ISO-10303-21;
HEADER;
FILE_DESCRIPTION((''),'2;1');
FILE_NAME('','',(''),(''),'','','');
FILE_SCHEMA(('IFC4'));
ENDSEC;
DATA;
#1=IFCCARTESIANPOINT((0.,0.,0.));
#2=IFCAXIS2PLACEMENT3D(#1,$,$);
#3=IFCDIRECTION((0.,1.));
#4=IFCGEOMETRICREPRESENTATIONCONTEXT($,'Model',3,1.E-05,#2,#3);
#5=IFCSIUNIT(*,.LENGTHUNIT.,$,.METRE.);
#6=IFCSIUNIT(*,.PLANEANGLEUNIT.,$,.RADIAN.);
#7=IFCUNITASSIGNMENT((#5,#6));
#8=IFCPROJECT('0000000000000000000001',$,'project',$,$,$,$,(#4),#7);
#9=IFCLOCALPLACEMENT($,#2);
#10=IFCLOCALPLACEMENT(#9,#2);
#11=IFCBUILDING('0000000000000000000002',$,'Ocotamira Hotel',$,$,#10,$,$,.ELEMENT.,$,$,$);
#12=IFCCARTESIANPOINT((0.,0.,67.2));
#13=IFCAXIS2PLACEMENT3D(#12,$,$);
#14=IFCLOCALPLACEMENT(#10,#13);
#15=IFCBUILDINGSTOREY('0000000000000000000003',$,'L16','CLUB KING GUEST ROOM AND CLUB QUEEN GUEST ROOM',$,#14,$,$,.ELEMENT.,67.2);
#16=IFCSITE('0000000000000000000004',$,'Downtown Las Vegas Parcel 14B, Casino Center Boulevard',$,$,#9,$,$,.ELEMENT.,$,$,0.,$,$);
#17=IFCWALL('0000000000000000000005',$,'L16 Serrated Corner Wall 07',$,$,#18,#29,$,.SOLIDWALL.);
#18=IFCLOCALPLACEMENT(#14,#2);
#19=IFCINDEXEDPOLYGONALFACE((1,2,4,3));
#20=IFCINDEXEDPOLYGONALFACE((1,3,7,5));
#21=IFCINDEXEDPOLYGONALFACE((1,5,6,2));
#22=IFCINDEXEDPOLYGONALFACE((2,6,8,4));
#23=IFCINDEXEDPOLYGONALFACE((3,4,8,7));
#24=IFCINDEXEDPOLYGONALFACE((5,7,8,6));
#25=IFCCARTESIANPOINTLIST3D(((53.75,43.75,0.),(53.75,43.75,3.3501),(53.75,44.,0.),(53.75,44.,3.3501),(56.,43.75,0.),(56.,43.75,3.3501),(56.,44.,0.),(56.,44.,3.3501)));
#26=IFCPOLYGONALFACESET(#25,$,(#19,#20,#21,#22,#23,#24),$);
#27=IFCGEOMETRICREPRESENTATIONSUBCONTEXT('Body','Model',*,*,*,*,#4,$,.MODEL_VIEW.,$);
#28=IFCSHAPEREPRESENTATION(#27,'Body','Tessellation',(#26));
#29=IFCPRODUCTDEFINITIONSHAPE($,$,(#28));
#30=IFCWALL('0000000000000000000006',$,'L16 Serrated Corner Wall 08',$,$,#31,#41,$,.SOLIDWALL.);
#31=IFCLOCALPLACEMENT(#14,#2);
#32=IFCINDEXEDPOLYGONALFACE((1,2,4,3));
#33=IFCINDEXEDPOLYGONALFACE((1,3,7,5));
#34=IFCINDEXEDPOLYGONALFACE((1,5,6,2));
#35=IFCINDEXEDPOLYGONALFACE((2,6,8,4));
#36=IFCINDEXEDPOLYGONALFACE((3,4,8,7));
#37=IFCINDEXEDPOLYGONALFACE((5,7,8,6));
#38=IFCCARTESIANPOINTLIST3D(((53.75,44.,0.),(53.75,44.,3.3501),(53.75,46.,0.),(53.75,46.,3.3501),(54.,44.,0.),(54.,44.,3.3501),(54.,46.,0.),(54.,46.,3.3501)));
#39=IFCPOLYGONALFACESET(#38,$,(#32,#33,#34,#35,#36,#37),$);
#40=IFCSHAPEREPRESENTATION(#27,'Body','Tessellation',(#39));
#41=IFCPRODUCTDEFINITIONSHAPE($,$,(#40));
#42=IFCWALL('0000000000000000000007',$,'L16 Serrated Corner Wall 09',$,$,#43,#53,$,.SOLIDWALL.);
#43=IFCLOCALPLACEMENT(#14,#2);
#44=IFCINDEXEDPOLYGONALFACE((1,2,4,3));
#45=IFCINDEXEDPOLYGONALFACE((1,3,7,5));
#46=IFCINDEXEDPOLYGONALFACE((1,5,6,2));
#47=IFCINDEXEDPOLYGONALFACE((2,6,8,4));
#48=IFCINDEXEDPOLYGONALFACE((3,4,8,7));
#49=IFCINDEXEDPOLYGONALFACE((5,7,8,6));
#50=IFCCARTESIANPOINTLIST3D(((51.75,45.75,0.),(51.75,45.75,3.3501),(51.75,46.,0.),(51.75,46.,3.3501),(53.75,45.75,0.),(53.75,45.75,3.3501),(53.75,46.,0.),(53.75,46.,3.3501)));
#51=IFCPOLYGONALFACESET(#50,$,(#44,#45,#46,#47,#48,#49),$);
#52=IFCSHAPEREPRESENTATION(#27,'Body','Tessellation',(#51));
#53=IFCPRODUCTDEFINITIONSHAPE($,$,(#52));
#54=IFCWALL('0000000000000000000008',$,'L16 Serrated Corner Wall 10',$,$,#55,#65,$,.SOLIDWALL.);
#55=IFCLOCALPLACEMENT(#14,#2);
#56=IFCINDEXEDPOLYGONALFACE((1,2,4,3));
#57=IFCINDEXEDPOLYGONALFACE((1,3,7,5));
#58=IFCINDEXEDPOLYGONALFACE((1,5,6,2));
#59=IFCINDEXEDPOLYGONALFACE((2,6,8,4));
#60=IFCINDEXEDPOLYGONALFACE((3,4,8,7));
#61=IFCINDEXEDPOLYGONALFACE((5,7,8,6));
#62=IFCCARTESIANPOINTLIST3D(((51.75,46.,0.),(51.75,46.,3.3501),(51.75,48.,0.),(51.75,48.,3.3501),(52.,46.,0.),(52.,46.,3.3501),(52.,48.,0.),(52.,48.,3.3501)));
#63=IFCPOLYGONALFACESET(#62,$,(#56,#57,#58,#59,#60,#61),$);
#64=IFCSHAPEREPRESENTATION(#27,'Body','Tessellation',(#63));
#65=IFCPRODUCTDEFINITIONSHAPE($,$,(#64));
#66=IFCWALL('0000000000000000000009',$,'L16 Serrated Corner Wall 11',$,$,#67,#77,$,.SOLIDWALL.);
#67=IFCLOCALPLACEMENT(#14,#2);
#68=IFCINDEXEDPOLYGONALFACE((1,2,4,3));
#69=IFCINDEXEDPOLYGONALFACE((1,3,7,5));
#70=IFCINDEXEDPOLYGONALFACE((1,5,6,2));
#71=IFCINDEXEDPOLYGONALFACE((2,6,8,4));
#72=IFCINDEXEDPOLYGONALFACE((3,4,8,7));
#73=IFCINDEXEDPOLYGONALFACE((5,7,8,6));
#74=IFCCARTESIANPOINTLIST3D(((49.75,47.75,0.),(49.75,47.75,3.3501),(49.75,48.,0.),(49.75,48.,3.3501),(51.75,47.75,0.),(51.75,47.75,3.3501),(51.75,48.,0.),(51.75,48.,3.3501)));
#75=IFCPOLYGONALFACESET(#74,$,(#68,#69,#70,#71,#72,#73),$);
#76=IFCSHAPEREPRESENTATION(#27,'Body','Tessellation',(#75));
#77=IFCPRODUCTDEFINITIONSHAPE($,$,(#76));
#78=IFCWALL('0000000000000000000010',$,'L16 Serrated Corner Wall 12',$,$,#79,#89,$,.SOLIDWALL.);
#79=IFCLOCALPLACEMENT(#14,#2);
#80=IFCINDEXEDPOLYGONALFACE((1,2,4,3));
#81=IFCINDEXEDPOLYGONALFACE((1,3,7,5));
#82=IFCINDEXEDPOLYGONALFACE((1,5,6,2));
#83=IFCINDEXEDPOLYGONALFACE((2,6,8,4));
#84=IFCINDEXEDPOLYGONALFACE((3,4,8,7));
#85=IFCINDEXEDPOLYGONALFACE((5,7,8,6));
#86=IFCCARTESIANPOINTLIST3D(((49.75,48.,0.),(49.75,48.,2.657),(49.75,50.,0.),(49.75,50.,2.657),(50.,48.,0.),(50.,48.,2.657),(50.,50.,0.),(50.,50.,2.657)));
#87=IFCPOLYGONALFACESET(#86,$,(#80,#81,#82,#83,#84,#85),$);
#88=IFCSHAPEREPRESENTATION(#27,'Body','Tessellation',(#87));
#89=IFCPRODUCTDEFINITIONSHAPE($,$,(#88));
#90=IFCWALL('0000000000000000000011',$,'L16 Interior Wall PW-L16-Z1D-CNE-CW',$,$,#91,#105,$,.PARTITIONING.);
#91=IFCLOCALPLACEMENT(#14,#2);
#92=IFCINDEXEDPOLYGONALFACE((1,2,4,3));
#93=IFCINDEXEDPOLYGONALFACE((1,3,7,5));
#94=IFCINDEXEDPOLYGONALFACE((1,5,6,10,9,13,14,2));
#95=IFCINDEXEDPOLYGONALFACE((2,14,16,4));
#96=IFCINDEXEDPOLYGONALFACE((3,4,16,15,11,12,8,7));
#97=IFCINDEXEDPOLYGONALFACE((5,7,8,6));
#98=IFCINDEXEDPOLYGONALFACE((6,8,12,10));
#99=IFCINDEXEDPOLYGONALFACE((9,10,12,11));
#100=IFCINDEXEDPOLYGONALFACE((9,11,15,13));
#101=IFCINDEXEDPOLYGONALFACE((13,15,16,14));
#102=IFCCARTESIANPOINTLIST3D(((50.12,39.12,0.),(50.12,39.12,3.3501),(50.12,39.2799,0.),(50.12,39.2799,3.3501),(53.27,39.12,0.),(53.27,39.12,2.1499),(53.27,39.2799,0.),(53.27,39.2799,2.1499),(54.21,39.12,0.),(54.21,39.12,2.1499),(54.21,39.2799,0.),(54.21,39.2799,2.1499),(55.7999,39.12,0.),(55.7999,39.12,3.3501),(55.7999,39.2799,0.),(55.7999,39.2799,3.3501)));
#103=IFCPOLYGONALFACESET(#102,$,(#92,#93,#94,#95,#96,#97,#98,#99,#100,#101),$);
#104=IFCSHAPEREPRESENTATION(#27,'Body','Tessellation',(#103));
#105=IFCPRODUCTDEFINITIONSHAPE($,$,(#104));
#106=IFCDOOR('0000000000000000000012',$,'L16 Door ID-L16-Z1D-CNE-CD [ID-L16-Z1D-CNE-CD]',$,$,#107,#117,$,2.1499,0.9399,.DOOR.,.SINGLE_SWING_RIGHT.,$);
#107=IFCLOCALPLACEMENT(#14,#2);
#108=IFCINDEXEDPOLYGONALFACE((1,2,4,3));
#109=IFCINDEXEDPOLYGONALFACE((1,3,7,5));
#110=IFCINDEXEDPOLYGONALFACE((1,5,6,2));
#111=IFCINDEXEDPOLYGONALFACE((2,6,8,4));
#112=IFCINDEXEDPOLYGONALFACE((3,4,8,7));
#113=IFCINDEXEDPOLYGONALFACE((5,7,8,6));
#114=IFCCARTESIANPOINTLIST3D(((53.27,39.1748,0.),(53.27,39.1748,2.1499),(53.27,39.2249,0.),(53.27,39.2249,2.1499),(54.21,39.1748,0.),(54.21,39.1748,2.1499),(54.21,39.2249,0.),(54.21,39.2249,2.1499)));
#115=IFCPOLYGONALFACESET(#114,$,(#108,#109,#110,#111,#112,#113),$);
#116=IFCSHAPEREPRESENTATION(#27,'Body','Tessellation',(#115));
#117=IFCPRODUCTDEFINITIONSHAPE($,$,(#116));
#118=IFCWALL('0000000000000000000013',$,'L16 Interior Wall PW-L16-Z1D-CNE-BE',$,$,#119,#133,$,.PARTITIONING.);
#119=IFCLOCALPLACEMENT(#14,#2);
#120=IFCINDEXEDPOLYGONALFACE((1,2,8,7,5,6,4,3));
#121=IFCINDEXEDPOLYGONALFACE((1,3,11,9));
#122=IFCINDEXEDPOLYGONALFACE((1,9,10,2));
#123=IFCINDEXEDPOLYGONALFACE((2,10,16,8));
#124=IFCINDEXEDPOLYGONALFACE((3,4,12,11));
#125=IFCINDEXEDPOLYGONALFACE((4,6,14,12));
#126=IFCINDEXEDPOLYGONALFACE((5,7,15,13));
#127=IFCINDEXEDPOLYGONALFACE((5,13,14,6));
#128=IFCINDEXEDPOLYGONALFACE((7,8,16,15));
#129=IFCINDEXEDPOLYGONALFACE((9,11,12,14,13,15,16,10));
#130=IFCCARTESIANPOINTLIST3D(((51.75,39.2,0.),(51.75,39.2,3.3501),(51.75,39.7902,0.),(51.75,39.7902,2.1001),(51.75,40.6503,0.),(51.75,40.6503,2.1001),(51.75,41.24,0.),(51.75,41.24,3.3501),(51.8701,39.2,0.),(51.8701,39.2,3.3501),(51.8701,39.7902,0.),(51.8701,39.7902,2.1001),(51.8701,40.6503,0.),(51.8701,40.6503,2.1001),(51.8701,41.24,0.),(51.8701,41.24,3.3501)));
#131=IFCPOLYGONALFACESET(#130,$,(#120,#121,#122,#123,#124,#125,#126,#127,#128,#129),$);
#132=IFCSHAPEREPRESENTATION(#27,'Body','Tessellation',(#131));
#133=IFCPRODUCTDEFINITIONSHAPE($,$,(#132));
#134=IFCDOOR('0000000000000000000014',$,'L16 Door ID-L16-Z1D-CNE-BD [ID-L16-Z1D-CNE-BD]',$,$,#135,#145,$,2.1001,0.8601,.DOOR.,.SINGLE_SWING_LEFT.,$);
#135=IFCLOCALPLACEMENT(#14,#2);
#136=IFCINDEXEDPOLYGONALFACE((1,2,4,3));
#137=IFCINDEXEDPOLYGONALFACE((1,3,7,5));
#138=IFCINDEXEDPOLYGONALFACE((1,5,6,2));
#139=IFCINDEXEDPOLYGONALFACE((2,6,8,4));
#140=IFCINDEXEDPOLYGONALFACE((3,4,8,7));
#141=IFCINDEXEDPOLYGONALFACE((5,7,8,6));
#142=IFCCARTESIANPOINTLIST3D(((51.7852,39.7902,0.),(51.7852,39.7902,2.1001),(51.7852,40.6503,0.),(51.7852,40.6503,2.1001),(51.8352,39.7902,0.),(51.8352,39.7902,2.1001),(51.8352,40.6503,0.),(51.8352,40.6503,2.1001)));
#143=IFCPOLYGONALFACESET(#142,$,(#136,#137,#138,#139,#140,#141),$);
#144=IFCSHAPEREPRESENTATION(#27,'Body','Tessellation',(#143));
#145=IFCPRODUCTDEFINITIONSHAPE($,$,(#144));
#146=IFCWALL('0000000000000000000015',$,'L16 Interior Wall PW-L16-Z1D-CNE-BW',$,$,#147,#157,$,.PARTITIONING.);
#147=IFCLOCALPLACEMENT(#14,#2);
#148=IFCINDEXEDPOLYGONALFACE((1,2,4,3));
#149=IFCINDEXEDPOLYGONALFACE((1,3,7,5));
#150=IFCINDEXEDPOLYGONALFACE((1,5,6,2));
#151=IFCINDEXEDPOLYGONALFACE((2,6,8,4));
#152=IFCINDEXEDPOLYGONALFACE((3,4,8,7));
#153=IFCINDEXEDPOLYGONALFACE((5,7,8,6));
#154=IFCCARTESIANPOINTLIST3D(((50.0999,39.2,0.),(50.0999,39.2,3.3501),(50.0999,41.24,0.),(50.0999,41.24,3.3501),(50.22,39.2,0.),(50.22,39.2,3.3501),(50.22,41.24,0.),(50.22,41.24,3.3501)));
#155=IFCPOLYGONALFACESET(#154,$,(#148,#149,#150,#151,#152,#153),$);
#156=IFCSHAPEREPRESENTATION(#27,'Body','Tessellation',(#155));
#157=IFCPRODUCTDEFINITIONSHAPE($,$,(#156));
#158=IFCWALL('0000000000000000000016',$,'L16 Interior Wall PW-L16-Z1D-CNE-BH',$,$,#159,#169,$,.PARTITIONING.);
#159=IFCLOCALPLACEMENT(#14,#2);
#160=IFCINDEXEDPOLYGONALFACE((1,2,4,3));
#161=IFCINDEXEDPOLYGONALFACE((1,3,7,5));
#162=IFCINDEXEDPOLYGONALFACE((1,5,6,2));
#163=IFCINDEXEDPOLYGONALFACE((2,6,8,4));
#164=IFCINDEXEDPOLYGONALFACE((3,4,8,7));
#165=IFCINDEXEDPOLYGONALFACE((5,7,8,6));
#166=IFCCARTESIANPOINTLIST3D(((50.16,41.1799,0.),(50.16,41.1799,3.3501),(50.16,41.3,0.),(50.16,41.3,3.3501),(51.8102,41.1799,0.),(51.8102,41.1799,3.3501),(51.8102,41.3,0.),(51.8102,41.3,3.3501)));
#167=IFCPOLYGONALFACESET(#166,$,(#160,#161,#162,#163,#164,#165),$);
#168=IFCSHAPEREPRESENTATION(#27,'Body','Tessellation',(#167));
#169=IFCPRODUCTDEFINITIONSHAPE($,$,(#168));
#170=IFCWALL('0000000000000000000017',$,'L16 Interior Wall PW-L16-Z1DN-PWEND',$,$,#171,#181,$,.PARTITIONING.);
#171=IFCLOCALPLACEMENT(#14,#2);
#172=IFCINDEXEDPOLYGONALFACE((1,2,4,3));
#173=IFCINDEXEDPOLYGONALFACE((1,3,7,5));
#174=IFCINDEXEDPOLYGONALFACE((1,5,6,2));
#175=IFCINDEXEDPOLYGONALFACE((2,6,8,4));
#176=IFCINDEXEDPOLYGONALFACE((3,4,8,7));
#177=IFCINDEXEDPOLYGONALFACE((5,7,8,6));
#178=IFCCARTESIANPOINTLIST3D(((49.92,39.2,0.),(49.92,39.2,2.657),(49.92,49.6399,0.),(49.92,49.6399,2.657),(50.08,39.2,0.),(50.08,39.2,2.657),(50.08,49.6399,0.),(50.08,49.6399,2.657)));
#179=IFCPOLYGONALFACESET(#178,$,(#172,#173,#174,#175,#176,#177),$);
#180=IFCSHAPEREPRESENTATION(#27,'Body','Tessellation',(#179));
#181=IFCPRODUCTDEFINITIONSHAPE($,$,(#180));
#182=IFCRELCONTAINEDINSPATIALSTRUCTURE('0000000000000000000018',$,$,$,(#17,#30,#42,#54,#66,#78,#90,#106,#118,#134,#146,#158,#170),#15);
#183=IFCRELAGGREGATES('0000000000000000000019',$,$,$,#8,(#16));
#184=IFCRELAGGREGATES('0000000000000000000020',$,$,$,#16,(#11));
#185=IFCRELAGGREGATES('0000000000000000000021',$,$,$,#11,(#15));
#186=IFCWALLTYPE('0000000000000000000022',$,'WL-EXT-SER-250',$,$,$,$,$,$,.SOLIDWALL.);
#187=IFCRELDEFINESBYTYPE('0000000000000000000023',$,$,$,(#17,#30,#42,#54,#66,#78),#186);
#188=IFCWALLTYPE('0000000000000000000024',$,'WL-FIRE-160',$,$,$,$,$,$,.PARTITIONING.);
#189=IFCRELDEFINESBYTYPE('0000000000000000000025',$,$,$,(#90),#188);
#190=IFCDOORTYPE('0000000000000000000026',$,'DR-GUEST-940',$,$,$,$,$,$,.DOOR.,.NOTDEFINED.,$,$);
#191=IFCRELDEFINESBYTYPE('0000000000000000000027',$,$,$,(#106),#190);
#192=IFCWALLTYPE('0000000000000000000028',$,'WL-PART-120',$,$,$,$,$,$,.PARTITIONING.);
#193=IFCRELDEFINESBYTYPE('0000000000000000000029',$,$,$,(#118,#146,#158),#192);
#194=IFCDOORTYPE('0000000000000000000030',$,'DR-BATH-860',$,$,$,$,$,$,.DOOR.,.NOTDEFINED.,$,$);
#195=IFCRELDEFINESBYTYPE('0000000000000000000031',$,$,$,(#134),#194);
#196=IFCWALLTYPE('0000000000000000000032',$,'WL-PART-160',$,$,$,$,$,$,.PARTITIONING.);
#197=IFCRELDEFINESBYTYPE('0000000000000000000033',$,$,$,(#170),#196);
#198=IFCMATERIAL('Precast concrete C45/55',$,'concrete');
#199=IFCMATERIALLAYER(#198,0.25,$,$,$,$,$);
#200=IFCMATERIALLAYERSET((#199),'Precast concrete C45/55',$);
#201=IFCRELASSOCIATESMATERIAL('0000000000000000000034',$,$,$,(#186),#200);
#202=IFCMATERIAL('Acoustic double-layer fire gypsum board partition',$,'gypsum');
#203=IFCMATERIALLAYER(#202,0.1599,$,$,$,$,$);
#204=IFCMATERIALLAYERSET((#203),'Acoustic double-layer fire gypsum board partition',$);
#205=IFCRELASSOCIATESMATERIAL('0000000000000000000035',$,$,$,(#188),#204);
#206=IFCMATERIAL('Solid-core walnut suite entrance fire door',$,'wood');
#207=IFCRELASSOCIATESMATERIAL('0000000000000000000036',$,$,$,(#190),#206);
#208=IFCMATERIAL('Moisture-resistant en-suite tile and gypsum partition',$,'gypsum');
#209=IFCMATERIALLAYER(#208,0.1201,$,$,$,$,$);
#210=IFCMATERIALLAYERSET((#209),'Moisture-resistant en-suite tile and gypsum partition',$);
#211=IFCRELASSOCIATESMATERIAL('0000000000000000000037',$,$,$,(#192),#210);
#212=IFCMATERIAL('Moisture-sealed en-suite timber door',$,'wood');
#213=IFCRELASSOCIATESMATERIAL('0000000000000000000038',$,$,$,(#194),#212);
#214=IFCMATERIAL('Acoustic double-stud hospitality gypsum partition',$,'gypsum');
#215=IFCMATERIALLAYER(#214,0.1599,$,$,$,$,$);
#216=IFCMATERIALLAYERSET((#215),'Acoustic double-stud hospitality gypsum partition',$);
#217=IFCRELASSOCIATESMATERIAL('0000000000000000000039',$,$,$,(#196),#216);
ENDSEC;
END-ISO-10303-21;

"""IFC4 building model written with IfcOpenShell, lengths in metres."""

from ifc_helpers import new_model, si_unit, direction, frame, frame_2d, origin, place, context, subcontext, project, spatial, rectangle, extrude, source, transform, mapped, material, layer, layer_set, type_object, element, fill, save


model = new_model("IFC4")

# Units and contexts
model_context = context("Model", 3, precision=1e-05, world=origin(), true_north=direction((0.0, 1.0)))
body_context = subcontext(model_context, "Body", "Model", "MODEL_VIEW")
ifc_project = project(units=[si_unit("LENGTHUNIT", "METRE"), si_unit("PLANEANGLEUNIT", "RADIAN")], contexts=[model_context])

# Site, building, storey
site_placement = place(None, origin())
site = spatial("IfcSite", under=ifc_project, at=site_placement, Name="Downtown Las Vegas Parcel 14B, Casino Center Boulevard", CompositionType="ELEMENT", RefElevation=0.0)
building_placement = place(site_placement, origin())
building = spatial("IfcBuilding", under=site, at=building_placement, Name="Ocotamira Hotel", CompositionType="ELEMENT")
storey_placement = place(building_placement, frame((0.0, 0.0, 67.2)))
storey = spatial("IfcBuildingStorey", under=building, at=storey_placement, Name="L16", Description="CLUB KING GUEST ROOM AND CLUB QUEEN GUEST ROOM", CompositionType="ELEMENT", Elevation=67.2)

# Walls
ifc_material_1 = material(Name="Precast concrete C45/55", Category="concrete")
ifc_layer_1 = layer(ifc_material_1, 0.25)
ifc_layer_set_1 = layer_set([ifc_layer_1], Name="Precast concrete C45/55")
wall_type_1 = type_object("IfcWallType", Name="WL-EXT-SER-250", PredefinedType="SOLIDWALL", material=ifc_layer_set_1)
wall_1_placement = place(storey_placement, frame((56.0, 43.875, 0.0), z_axis=(0.0, 0.0, 1.0), x_axis=(-1.0, 0.0, 0.0)))
element("IfcWall", 1, at=wall_1_placement, inside=storey, type_object=wall_type_1, Name="L16 Serrated Corner Wall 07", PredefinedType="SOLIDWALL", context=body_context, shape_type="SweptSolid", body=[
    extrude(rectangle(XDim=2.25, YDim=0.25, at=frame_2d((1.125, 0.0))), origin(), (0.0, 0.0, 1.0), 3.3501),
])
for number, where, z_axis, x_axis, name in (
    (2, (53.875, 44.0, 0.0), (0.0, 0.0, 1.0), (0.0, 1.0, 0.0), "L16 Serrated Corner Wall 08"),
    (3, (53.75, 45.875, 0.0), (0.0, 0.0, 1.0), (-1.0, 0.0, 0.0), "L16 Serrated Corner Wall 09"),
    (4, (51.875, 46.0, 0.0), (0.0, 0.0, 1.0), (0.0, 1.0, 0.0), "L16 Serrated Corner Wall 10"),
    (5, (51.75, 47.875, 0.0), (0.0, 0.0, 1.0), (-1.0, 0.0, 0.0), "L16 Serrated Corner Wall 11"),
):
    element("IfcWall", number, at=place(storey_placement, frame(where, z_axis=z_axis, x_axis=x_axis)), inside=storey, type_object=wall_type_1, Name=name, PredefinedType="SOLIDWALL", context=body_context, shape_type="SweptSolid", body=[
        extrude(rectangle(XDim=2.0, YDim=0.25, at=frame_2d((1.0, 0.0))), origin(), (0.0, 0.0, 1.0), 3.3501),
    ])
wall_2_placement = place(storey_placement, frame((49.875, 48.0, 0.0), z_axis=(0.0, 0.0, 1.0), x_axis=(0.0, 1.0, 0.0)))
element("IfcWall", 6, at=wall_2_placement, inside=storey, type_object=wall_type_1, Name="L16 Serrated Corner Wall 12", PredefinedType="SOLIDWALL", context=body_context, shape_type="SweptSolid", body=[
    extrude(rectangle(XDim=2.0, YDim=0.25, at=frame_2d((1.0, 0.0))), origin(), (0.0, 0.0, 1.0), 2.657),
])

# Walls, openings, doors
ifc_material_2 = material(Name="Acoustic double-layer fire gypsum board partition", Category="gypsum")
ifc_layer_2 = layer(ifc_material_2, 0.1599)
ifc_layer_set_2 = layer_set([ifc_layer_2], Name="Acoustic double-layer fire gypsum board partition")
wall_type_2 = type_object("IfcWallType", Name="WL-FIRE-160", PredefinedType="PARTITIONING", material=ifc_layer_set_2)
wall_3_placement = place(storey_placement, frame((50.1201, 39.2, 0.0), z_axis=(0.0, 0.0, 1.0), x_axis=(1.0, 0.0, 0.0)))
wall_3 = element("IfcWall", 7, at=wall_3_placement, inside=storey, type_object=wall_type_2, Name="L16 Interior Wall PW-L16-Z1D-CNE-CW", PredefinedType="PARTITIONING", context=body_context, shape_type="SweptSolid", body=[
    extrude(rectangle(XDim=5.6799, YDim=0.1599, at=frame_2d((2.8398, 0.0))), origin(), (0.0, 0.0, 1.0), 3.3501),
])
opening_1_placement = place(wall_3_placement, frame((3.1499, 0.0, 0.0)))
opening_1 = element("IfcOpeningElement", 8, at=opening_1_placement, cuts=wall_3, PredefinedType="OPENING", context=body_context, shape_type="SweptSolid", body=[
    extrude(rectangle(XDim=0.9399, YDim=2.1499, at=frame_2d((0.47, 1.075))), frame((0.0, 0.0898, 0.0), z_axis=(0.0, -1.0, 0.0), x_axis=(1.0, 0.0, 0.0)), (0.0, 0.0, 1.0), 0.1799),
])
ifc_material_3 = material(Name="Solid-core walnut suite entrance fire door", Category="wood")
door_type_1 = type_object("IfcDoorType", Name="DR-GUEST-940", OperationType="NOTDEFINED", PredefinedType="DOOR", material=ifc_material_3)
shared_shape_1 = source(origin(), body_context, "Body", "SweptSolid", [
    extrude(rectangle(XDim=0.9399, YDim=2.1499, at=frame_2d((0.47, 1.075))), frame((0.0, 0.0249, 0.0), z_axis=(0.0, -1.0, 0.0), x_axis=(1.0, 0.0, 0.0)), (0.0, 0.0, 1.0), 0.05),
])
door_1_placement = place(opening_1_placement, origin())
door_1 = element("IfcDoor", 9, at=door_1_placement, inside=storey, type_object=door_type_1, Name="L16 Door ID-L16-Z1D-CNE-CD [ID-L16-Z1D-CNE-CD]", OperationType="SINGLE_SWING_RIGHT", OverallHeight=2.1499, OverallWidth=0.9399, PredefinedType="DOOR", context=body_context, shape_type="MappedRepresentation", body=[
    mapped(shared_shape_1, transform((0.0, 0.0, 0.0), scale=1.0)),
])
fill(opening_1, door_1)
ifc_material_4 = material(Name="Moisture-resistant en-suite tile and gypsum partition", Category="gypsum")
ifc_layer_3 = layer(ifc_material_4, 0.1201)
ifc_layer_set_3 = layer_set([ifc_layer_3], Name="Moisture-resistant en-suite tile and gypsum partition")
wall_type_3 = type_object("IfcWallType", Name="WL-PART-120", PredefinedType="PARTITIONING", material=ifc_layer_set_3)
wall_4_placement = place(storey_placement, frame((51.8101, 39.2, 0.0), z_axis=(0.0, 0.0, 1.0), x_axis=(0.0, 1.0, 0.0)))
wall_4 = element("IfcWall", 10, at=wall_4_placement, inside=storey, type_object=wall_type_3, Name="L16 Interior Wall PW-L16-Z1D-CNE-BE", PredefinedType="PARTITIONING", context=body_context, shape_type="SweptSolid", body=[
    extrude(rectangle(XDim=2.04, YDim=0.1201, at=frame_2d((1.02, 0.0))), origin(), (0.0, 0.0, 1.0), 3.3501),
])
opening_2_placement = place(wall_4_placement, frame((0.5901, 0.0, 0.0)))
opening_2 = element("IfcOpeningElement", 11, at=opening_2_placement, cuts=wall_4, PredefinedType="OPENING", context=body_context, shape_type="SweptSolid", body=[
    extrude(rectangle(XDim=0.8601, YDim=2.1001, at=frame_2d((0.4302, 1.05))), frame((0.0, 0.0701, 0.0), z_axis=(0.0, -1.0, 0.0), x_axis=(1.0, 0.0, 0.0)), (0.0, 0.0, 1.0), 0.1401),
])
ifc_material_5 = material(Name="Moisture-sealed en-suite timber door", Category="wood")
door_type_2 = type_object("IfcDoorType", Name="DR-BATH-860", OperationType="NOTDEFINED", PredefinedType="DOOR", material=ifc_material_5)
shared_shape_2 = source(origin(), body_context, "Body", "SweptSolid", [
    extrude(rectangle(XDim=0.8601, YDim=2.1001, at=frame_2d((0.4302, 1.05))), frame((0.0, 0.0249, 0.0), z_axis=(0.0, -1.0, 0.0), x_axis=(1.0, 0.0, 0.0)), (0.0, 0.0, 1.0), 0.05),
])
door_2_placement = place(opening_2_placement, origin())
door_2 = element("IfcDoor", 12, at=door_2_placement, inside=storey, type_object=door_type_2, Name="L16 Door ID-L16-Z1D-CNE-BD [ID-L16-Z1D-CNE-BD]", OperationType="SINGLE_SWING_LEFT", OverallHeight=2.1001, OverallWidth=0.8601, PredefinedType="DOOR", context=body_context, shape_type="MappedRepresentation", body=[
    mapped(shared_shape_2, transform((0.0, 0.0, 0.0), scale=1.0)),
])
fill(opening_2, door_2)

# Walls
wall_5_placement = place(storey_placement, frame((50.1599, 39.2, 0.0), z_axis=(0.0, 0.0, 1.0), x_axis=(0.0, 1.0, 0.0)))
element("IfcWall", 13, at=wall_5_placement, inside=storey, type_object=wall_type_3, Name="L16 Interior Wall PW-L16-Z1D-CNE-BW", PredefinedType="PARTITIONING", context=body_context, shape_type="SweptSolid", body=[
    extrude(rectangle(XDim=2.04, YDim=0.1201, at=frame_2d((1.02, 0.0))), origin(), (0.0, 0.0, 1.0), 3.3501),
])
wall_6_placement = place(storey_placement, frame((50.1599, 41.24, 0.0), z_axis=(0.0, 0.0, 1.0), x_axis=(1.0, 0.0, 0.0)))
element("IfcWall", 14, at=wall_6_placement, inside=storey, type_object=wall_type_3, Name="L16 Interior Wall PW-L16-Z1D-CNE-BH", PredefinedType="PARTITIONING", context=body_context, shape_type="SweptSolid", body=[
    extrude(rectangle(XDim=1.6501, YDim=0.1201, at=frame_2d((0.8252, 0.0))), origin(), (0.0, 0.0, 1.0), 3.3501),
])
ifc_material_6 = material(Name="Acoustic double-stud hospitality gypsum partition", Category="gypsum")
ifc_layer_4 = layer(ifc_material_6, 0.1599)
ifc_layer_set_4 = layer_set([ifc_layer_4], Name="Acoustic double-stud hospitality gypsum partition")
wall_type_4 = type_object("IfcWallType", Name="WL-PART-160", PredefinedType="PARTITIONING", material=ifc_layer_set_4)
wall_7_placement = place(storey_placement, frame((50.0, 39.2, 0.0), z_axis=(0.0, 0.0, 1.0), x_axis=(0.0, 1.0, 0.0)))
element("IfcWall", 15, at=wall_7_placement, inside=storey, type_object=wall_type_4, Name="L16 Interior Wall PW-L16-Z1DN-PWEND", PredefinedType="PARTITIONING", context=body_context, shape_type="SweptSolid", body=[
    extrude(rectangle(XDim=10.4399, YDim=0.1599, at=frame_2d((5.22, 0.0))), origin(), (0.0, 0.0, 1.0), 2.657),
])

save(model, "model.ifc")
